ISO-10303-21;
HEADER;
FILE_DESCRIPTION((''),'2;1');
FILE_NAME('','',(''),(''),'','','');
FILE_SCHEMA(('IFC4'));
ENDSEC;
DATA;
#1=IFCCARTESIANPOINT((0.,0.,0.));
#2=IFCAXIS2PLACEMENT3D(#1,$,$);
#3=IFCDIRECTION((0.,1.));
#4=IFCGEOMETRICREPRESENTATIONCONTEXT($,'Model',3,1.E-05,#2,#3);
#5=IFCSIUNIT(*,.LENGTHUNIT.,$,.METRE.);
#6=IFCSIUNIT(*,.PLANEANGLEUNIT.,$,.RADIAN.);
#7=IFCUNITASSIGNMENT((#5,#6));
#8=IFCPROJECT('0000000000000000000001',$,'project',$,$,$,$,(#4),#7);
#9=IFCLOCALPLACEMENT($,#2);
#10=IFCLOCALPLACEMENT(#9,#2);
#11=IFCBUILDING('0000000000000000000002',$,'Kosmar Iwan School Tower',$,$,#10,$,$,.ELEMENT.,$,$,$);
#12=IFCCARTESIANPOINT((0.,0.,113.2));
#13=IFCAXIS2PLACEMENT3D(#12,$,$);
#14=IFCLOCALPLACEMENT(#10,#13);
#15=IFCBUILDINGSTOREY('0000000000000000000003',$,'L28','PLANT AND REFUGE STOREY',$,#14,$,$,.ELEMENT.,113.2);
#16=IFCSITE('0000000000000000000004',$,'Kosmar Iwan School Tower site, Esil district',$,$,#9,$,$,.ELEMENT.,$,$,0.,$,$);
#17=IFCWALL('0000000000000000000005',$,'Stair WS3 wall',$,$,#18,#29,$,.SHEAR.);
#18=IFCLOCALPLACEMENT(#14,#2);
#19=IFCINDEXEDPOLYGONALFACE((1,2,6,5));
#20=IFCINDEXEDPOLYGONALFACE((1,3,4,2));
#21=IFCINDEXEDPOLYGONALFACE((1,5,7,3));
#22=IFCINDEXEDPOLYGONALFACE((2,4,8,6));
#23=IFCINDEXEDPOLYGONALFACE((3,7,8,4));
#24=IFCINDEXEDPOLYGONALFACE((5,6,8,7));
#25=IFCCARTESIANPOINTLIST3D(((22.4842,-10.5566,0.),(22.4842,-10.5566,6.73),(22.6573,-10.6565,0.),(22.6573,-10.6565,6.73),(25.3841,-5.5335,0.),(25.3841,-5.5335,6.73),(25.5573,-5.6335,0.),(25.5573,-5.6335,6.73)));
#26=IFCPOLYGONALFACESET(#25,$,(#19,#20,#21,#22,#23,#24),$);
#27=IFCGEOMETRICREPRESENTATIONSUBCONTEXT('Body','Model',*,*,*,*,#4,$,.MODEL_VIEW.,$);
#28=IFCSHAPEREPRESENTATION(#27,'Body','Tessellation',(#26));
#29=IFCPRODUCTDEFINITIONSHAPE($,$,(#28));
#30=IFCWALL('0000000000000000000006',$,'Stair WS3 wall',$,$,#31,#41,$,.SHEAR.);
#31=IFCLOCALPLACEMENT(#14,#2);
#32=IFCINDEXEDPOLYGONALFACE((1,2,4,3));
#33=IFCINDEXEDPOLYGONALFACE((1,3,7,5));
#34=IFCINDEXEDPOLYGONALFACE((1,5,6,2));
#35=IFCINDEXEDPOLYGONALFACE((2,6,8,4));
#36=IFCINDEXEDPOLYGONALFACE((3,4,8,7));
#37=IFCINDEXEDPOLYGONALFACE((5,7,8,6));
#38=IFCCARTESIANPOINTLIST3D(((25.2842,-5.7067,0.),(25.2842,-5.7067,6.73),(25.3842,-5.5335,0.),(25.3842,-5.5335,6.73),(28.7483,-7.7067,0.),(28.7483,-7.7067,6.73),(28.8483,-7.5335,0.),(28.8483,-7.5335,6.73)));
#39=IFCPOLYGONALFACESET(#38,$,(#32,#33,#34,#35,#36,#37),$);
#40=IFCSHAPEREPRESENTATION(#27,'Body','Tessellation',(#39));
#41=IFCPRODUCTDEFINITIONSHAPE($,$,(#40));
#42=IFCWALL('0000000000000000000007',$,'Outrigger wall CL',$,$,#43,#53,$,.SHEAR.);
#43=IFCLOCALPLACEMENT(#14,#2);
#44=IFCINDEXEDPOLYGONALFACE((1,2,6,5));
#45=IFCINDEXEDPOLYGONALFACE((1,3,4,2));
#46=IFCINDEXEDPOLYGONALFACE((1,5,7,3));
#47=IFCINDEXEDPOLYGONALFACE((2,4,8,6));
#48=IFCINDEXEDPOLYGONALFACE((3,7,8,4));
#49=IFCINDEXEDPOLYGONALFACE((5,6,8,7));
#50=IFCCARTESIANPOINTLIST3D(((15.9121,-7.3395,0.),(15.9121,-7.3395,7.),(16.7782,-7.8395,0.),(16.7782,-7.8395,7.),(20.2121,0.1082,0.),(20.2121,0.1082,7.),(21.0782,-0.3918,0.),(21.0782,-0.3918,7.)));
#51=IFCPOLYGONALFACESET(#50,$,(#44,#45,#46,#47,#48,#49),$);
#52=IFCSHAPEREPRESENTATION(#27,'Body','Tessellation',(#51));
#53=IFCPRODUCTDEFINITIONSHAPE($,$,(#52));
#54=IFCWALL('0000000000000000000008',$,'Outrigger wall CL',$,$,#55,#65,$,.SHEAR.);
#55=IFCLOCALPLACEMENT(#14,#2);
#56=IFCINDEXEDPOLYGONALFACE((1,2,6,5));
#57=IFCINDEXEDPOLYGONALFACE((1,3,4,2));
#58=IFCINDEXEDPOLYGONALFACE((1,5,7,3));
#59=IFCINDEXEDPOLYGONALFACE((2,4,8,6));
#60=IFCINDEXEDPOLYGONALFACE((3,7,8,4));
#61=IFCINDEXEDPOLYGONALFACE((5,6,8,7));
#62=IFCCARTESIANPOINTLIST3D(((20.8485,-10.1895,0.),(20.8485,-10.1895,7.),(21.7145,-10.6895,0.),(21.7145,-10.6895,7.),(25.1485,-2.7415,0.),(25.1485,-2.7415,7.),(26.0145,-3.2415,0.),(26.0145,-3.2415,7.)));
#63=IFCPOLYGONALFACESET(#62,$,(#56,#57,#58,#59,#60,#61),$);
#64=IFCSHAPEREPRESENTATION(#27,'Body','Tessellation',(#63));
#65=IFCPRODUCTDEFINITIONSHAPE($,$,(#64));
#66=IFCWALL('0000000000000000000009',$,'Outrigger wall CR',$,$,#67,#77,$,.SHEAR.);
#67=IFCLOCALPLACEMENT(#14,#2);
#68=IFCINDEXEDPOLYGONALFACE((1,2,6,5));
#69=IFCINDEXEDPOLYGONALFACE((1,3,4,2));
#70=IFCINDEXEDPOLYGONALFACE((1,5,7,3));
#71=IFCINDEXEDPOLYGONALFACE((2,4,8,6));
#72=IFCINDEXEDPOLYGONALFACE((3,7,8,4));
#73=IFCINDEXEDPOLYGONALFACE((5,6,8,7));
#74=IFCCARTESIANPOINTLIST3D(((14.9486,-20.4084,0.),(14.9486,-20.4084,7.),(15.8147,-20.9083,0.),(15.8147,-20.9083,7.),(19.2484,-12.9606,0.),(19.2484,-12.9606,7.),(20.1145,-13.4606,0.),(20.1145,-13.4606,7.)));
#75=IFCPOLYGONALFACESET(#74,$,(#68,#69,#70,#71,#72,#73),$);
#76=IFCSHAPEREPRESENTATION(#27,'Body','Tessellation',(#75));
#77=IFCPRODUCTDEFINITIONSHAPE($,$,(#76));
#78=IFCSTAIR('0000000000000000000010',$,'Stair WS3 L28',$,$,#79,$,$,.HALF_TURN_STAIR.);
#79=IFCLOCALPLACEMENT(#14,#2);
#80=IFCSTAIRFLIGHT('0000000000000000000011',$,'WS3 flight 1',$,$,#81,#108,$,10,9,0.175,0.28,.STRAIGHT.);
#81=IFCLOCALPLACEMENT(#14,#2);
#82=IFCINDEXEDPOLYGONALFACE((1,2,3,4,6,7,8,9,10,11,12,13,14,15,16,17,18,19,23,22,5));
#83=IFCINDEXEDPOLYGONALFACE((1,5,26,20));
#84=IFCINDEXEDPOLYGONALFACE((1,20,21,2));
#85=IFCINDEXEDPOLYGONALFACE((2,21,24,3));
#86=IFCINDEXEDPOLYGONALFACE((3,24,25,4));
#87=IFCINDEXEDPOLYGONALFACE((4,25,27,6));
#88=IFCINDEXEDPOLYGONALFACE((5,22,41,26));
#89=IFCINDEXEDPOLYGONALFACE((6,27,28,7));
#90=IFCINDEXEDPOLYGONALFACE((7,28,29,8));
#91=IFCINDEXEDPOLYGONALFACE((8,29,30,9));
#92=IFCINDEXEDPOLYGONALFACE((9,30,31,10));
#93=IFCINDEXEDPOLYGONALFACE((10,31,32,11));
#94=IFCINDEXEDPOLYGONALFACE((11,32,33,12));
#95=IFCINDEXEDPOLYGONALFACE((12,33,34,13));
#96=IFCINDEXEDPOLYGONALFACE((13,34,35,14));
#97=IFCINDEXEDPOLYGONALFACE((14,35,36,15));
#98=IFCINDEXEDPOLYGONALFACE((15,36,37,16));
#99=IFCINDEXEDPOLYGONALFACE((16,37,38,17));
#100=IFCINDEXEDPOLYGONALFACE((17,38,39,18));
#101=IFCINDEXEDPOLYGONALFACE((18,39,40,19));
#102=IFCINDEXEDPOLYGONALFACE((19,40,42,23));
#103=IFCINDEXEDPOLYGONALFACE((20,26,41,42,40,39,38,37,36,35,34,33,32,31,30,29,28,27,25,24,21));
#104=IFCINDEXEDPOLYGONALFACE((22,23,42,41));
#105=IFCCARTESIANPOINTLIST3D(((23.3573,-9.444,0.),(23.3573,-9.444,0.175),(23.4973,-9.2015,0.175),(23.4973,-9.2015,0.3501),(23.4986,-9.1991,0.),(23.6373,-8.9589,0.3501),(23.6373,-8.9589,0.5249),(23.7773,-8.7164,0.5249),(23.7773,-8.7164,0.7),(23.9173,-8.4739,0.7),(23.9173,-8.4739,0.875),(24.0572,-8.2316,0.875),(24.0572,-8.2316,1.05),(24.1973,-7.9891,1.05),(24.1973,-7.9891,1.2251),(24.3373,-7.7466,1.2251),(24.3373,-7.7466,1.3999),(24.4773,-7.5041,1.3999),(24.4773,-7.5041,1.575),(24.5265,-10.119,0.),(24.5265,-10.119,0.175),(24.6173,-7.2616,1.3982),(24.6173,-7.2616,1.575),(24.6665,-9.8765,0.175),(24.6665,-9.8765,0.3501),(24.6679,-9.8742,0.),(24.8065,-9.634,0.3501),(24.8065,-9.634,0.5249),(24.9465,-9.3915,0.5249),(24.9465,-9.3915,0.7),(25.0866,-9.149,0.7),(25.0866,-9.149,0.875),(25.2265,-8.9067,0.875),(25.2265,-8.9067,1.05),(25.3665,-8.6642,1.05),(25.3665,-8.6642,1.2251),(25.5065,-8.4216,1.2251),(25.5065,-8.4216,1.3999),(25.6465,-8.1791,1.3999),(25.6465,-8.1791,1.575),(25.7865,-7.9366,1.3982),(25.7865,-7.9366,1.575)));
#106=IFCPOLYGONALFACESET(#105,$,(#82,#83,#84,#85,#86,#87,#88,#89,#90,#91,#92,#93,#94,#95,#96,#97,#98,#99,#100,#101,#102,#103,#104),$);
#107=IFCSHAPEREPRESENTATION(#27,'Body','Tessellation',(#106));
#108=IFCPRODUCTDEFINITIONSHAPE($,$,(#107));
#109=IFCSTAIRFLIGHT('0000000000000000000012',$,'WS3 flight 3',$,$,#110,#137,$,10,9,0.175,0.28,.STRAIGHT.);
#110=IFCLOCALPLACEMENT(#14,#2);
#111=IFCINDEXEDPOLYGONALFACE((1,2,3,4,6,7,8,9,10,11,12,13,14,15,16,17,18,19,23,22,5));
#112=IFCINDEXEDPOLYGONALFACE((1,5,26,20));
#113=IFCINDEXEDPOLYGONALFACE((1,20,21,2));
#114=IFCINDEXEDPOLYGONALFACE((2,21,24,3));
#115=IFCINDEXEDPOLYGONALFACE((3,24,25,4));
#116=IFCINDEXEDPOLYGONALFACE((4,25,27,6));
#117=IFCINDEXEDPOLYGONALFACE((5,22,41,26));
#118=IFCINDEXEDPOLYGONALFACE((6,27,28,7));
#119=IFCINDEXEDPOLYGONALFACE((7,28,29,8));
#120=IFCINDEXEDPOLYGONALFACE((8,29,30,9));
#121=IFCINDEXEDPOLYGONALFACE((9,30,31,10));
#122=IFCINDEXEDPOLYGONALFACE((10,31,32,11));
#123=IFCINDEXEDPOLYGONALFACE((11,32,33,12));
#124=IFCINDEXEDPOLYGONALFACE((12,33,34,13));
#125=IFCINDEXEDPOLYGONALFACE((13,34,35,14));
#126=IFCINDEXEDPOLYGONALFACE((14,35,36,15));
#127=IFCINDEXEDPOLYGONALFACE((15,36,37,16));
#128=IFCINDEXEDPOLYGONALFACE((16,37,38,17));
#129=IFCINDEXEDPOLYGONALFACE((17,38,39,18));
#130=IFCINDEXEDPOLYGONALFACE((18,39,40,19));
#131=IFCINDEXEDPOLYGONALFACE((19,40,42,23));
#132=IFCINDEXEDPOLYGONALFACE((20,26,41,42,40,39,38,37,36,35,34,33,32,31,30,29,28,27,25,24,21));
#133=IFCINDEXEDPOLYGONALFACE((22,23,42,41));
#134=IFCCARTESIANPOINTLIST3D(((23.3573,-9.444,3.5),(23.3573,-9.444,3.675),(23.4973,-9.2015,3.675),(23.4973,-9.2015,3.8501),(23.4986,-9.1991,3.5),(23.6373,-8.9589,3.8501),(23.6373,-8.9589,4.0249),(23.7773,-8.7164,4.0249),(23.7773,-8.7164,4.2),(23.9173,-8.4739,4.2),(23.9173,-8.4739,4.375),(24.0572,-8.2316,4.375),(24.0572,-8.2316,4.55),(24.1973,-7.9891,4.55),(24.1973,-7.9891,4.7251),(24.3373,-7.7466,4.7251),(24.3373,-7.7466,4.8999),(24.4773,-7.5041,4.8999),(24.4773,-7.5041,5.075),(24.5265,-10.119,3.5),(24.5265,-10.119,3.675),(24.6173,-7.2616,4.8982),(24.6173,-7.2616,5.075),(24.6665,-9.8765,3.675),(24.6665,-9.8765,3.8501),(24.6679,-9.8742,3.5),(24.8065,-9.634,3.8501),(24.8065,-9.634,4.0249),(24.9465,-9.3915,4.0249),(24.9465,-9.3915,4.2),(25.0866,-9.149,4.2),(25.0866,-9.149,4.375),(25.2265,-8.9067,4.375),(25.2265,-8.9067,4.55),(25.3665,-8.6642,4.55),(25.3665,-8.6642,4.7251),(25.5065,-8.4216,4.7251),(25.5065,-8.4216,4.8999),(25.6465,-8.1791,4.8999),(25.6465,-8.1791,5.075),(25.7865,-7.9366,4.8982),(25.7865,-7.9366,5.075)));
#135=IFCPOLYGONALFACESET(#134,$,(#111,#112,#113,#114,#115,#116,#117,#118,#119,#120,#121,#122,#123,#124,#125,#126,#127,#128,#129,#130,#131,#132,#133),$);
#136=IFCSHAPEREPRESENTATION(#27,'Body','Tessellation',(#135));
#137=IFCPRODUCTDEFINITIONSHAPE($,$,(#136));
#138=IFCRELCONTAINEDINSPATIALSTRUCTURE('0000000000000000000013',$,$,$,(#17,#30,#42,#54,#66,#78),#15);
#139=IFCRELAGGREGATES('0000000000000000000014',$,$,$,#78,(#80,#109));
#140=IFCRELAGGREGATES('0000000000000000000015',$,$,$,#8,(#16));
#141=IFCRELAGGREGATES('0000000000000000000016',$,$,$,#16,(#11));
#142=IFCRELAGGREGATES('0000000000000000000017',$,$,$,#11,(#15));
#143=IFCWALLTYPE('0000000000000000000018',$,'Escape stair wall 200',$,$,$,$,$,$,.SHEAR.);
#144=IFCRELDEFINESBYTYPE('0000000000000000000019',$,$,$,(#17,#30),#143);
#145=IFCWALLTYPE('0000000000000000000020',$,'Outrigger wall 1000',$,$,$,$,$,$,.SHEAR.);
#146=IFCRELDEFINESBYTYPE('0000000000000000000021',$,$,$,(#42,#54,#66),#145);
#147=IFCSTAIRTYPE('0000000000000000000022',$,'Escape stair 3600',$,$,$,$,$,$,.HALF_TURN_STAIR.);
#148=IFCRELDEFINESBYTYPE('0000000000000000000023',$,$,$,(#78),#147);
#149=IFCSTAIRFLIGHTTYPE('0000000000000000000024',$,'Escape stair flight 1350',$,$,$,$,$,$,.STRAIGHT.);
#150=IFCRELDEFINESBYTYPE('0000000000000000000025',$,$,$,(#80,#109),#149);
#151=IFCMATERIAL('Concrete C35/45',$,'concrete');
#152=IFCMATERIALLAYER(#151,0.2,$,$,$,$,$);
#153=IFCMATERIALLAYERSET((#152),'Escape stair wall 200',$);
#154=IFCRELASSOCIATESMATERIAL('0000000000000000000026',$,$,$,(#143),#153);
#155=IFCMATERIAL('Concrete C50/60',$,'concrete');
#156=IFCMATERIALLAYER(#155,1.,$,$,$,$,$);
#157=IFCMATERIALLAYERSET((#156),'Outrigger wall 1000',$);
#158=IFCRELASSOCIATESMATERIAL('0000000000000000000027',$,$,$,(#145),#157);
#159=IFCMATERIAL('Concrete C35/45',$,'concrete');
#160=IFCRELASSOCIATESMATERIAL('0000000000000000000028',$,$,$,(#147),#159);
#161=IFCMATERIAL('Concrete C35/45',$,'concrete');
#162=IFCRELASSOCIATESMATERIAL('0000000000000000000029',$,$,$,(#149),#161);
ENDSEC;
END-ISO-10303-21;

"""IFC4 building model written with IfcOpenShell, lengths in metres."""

from ifc_helpers import new_model, si_unit, direction, frame, frame_2d, origin, place, context, subcontext, project, spatial, polyline, rectangle, outline, extrude, material, layer, layer_set, type_object, element, aggregate, save


model = new_model("IFC4")

# Units and contexts
model_context = context("Model", 3, precision=1e-05, world=origin(), true_north=direction((0.0, 1.0)))
body_context = subcontext(model_context, "Body", "Model", "MODEL_VIEW")
ifc_project = project(units=[si_unit("LENGTHUNIT", "METRE"), si_unit("PLANEANGLEUNIT", "RADIAN")], contexts=[model_context])

# Site, building, storey
site_placement = place(None, origin())
site = spatial("IfcSite", under=ifc_project, at=site_placement, Name="Kosmar Iwan School Tower site, Esil district", CompositionType="ELEMENT", RefElevation=0.0)
building_placement = place(site_placement, origin())
building = spatial("IfcBuilding", under=site, at=building_placement, Name="Kosmar Iwan School Tower", CompositionType="ELEMENT")
storey_placement = place(building_placement, frame((0.0, 0.0, 113.2)))
storey = spatial("IfcBuildingStorey", under=building, at=storey_placement, Name="L28", Description="PLANT AND REFUGE STOREY", CompositionType="ELEMENT", Elevation=113.2)

# Walls
ifc_material_1 = material(Name="Concrete C35/45", Category="concrete")
ifc_layer_1 = layer(ifc_material_1, 0.2)
ifc_layer_set_1 = layer_set([ifc_layer_1], Name="Escape stair wall 200")
wall_type_1 = type_object("IfcWallType", Name="Escape stair wall 200", PredefinedType="SHEAR", material=ifc_layer_set_1)
wall_1_placement = place(storey_placement, frame((22.5708, -10.6064, 0.0), z_axis=(0.0, 0.0, 1.0), x_axis=(0.499987, 0.866033, 0.0)))
element("IfcWall", 1, at=wall_1_placement, inside=storey, type_object=wall_type_1, Name="Stair WS3 wall", PredefinedType="SHEAR", context=body_context, shape_type="SweptSolid", body=[
    extrude(rectangle(XDim=5.8, YDim=0.2, at=frame_2d((2.8999, 0.0))), origin(), (0.0, 0.0, 1.0), 6.73),
])
wall_2_placement = place(storey_placement, frame((25.3342, -5.6201, 0.0), z_axis=(0.0, 0.0, 1.0), x_axis=(0.866026, -0.499999, 0.0)))
element("IfcWall", 2, at=wall_2_placement, inside=storey, type_object=wall_type_1, Name="Stair WS3 wall", PredefinedType="SHEAR", context=body_context, shape_type="SweptSolid", body=[
    extrude(rectangle(XDim=4.0, YDim=0.2, at=frame_2d((2.0, 0.0))), origin(), (0.0, 0.0, 1.0), 6.73),
])
ifc_material_2 = material(Name="Concrete C50/60", Category="concrete")
ifc_layer_2 = layer(ifc_material_2, 1.0)
ifc_layer_set_2 = layer_set([ifc_layer_2], Name="Outrigger wall 1000")
wall_type_2 = type_object("IfcWallType", Name="Outrigger wall 1000", PredefinedType="SHEAR", material=ifc_layer_set_2)
wall_3_placement = place(storey_placement, frame((16.3452, -7.5894, 0.0), z_axis=(0.0, 0.0, 1.0), x_axis=(0.500008, 0.866021, 0.0)))
element("IfcWall", 3, at=wall_3_placement, inside=storey, type_object=wall_type_2, Name="Outrigger wall CL", PredefinedType="SHEAR", context=body_context, shape_type="SweptSolid", body=[
    extrude(rectangle(XDim=8.5999, YDim=1.0, at=frame_2d((4.2998, 0.0))), origin(), (0.0, 0.0, 1.0), 7.0),
])
wall_4_placement = place(storey_placement, frame((21.2815, -10.4395, 0.0), z_axis=(0.0, 0.0, 1.0), x_axis=(0.499995, 0.866028, 0.0)))
element("IfcWall", 4, at=wall_4_placement, inside=storey, type_object=wall_type_2, Name="Outrigger wall CL", PredefinedType="SHEAR", context=body_context, shape_type="SweptSolid", body=[
    extrude(rectangle(XDim=8.6001, YDim=1.0, at=frame_2d((4.3, 0.0))), origin(), (0.0, 0.0, 1.0), 7.0),
])
wall_5_placement = place(storey_placement, frame((19.6814, -13.2107, 0.0), z_axis=(0.0, 0.0, 1.0), x_axis=(-0.499986, -0.866033, 0.0)))
element("IfcWall", 5, at=wall_5_placement, inside=storey, type_object=wall_type_2, Name="Outrigger wall CR", PredefinedType="SHEAR", context=body_context, shape_type="SweptSolid", body=[
    extrude(rectangle(XDim=8.5999, YDim=1.0, at=frame_2d((4.2998, 0.0))), origin(), (0.0, 0.0, 1.0), 7.0),
])

# Stair, stair flights
ifc_material_3 = material(Name="Concrete C35/45", Category="concrete")
stair_type = type_object("IfcStairType", Name="Escape stair 3600", PredefinedType="HALF_TURN_STAIR", material=ifc_material_3)
stair_placement = place(storey_placement, origin())
stair = element("IfcStair", 6, at=stair_placement, inside=storey, type_object=stair_type, Name="Stair WS3 L28", PredefinedType="HALF_TURN_STAIR")
ifc_material_4 = material(Name="Concrete C35/45", Category="concrete")
stair_flight_type = type_object("IfcStairFlightType", Name="Escape stair flight 1350", PredefinedType="STRAIGHT", material=ifc_material_4)
stair_flight_1_placement = place(storey_placement, frame((23.9419, -9.7815, 0.0), z_axis=(0.0, 0.0, 1.0), x_axis=(0.5, 0.866025, 0.0)))
stair_flight_1 = element("IfcStairFlight", 7, at=stair_flight_1_placement, type_object=stair_flight_type, Name="WS3 flight 1", NumberOfRisers=10, NumberOfTreads=9, PredefinedType="STRAIGHT", RiserHeight=0.175, TreadLength=0.28, context=body_context, shape_type="SweptSolid", body=[
    extrude(outline(polyline([(0.0, 0.0), (0.0, 0.175), (0.28, 0.175), (0.28, 0.3501), (0.5601, 0.3501), (0.5601, 0.5249), (0.8401, 0.5249), (0.8401, 0.7), (1.1201, 0.7), (1.1201, 0.875), (1.3999, 0.875), (1.3999, 1.05), (1.6799, 1.05), (1.6799, 1.2251), (1.96, 1.2251), (1.96, 1.3999), (2.24, 1.3999), (2.24, 1.575), (2.52, 1.575), (2.52, 1.75), (2.52, 1.3982), (0.2827, 0.0), (0.0, 0.0)])), frame((0.0, 0.675, 0.0), z_axis=(0.0, -1.0, 0.0), x_axis=(1.0, 0.0, 0.0)), (0.0, 0.0, 1.0), 1.3501),
])
stair_flight_2_placement = place(storey_placement, frame((23.9419, -9.7815, 3.5), z_axis=(0.0, 0.0, 1.0), x_axis=(0.5, 0.866025, 0.0)))
stair_flight_2 = element("IfcStairFlight", 8, at=stair_flight_2_placement, type_object=stair_flight_type, Name="WS3 flight 3", NumberOfRisers=10, NumberOfTreads=9, PredefinedType="STRAIGHT", RiserHeight=0.175, TreadLength=0.28, context=body_context, shape_type="SweptSolid", body=[
    extrude(outline(polyline([(0.0, 0.0), (0.0, 0.175), (0.28, 0.175), (0.28, 0.3501), (0.5601, 0.3501), (0.5601, 0.5249), (0.8401, 0.5249), (0.8401, 0.7), (1.1201, 0.7), (1.1201, 0.875), (1.3999, 0.875), (1.3999, 1.05), (1.6799, 1.05), (1.6799, 1.2251), (1.96, 1.2251), (1.96, 1.3999), (2.24, 1.3999), (2.24, 1.575), (2.52, 1.575), (2.52, 1.75), (2.52, 1.3982), (0.2827, 0.0), (0.0, 0.0)])), frame((0.0, 0.675, 0.0), z_axis=(0.0, -1.0, 0.0), x_axis=(1.0, 0.0, 0.0)), (0.0, 0.0, 1.0), 1.3501),
])
aggregate(stair, [stair_flight_1, stair_flight_2])

save(model, "model.ifc")
